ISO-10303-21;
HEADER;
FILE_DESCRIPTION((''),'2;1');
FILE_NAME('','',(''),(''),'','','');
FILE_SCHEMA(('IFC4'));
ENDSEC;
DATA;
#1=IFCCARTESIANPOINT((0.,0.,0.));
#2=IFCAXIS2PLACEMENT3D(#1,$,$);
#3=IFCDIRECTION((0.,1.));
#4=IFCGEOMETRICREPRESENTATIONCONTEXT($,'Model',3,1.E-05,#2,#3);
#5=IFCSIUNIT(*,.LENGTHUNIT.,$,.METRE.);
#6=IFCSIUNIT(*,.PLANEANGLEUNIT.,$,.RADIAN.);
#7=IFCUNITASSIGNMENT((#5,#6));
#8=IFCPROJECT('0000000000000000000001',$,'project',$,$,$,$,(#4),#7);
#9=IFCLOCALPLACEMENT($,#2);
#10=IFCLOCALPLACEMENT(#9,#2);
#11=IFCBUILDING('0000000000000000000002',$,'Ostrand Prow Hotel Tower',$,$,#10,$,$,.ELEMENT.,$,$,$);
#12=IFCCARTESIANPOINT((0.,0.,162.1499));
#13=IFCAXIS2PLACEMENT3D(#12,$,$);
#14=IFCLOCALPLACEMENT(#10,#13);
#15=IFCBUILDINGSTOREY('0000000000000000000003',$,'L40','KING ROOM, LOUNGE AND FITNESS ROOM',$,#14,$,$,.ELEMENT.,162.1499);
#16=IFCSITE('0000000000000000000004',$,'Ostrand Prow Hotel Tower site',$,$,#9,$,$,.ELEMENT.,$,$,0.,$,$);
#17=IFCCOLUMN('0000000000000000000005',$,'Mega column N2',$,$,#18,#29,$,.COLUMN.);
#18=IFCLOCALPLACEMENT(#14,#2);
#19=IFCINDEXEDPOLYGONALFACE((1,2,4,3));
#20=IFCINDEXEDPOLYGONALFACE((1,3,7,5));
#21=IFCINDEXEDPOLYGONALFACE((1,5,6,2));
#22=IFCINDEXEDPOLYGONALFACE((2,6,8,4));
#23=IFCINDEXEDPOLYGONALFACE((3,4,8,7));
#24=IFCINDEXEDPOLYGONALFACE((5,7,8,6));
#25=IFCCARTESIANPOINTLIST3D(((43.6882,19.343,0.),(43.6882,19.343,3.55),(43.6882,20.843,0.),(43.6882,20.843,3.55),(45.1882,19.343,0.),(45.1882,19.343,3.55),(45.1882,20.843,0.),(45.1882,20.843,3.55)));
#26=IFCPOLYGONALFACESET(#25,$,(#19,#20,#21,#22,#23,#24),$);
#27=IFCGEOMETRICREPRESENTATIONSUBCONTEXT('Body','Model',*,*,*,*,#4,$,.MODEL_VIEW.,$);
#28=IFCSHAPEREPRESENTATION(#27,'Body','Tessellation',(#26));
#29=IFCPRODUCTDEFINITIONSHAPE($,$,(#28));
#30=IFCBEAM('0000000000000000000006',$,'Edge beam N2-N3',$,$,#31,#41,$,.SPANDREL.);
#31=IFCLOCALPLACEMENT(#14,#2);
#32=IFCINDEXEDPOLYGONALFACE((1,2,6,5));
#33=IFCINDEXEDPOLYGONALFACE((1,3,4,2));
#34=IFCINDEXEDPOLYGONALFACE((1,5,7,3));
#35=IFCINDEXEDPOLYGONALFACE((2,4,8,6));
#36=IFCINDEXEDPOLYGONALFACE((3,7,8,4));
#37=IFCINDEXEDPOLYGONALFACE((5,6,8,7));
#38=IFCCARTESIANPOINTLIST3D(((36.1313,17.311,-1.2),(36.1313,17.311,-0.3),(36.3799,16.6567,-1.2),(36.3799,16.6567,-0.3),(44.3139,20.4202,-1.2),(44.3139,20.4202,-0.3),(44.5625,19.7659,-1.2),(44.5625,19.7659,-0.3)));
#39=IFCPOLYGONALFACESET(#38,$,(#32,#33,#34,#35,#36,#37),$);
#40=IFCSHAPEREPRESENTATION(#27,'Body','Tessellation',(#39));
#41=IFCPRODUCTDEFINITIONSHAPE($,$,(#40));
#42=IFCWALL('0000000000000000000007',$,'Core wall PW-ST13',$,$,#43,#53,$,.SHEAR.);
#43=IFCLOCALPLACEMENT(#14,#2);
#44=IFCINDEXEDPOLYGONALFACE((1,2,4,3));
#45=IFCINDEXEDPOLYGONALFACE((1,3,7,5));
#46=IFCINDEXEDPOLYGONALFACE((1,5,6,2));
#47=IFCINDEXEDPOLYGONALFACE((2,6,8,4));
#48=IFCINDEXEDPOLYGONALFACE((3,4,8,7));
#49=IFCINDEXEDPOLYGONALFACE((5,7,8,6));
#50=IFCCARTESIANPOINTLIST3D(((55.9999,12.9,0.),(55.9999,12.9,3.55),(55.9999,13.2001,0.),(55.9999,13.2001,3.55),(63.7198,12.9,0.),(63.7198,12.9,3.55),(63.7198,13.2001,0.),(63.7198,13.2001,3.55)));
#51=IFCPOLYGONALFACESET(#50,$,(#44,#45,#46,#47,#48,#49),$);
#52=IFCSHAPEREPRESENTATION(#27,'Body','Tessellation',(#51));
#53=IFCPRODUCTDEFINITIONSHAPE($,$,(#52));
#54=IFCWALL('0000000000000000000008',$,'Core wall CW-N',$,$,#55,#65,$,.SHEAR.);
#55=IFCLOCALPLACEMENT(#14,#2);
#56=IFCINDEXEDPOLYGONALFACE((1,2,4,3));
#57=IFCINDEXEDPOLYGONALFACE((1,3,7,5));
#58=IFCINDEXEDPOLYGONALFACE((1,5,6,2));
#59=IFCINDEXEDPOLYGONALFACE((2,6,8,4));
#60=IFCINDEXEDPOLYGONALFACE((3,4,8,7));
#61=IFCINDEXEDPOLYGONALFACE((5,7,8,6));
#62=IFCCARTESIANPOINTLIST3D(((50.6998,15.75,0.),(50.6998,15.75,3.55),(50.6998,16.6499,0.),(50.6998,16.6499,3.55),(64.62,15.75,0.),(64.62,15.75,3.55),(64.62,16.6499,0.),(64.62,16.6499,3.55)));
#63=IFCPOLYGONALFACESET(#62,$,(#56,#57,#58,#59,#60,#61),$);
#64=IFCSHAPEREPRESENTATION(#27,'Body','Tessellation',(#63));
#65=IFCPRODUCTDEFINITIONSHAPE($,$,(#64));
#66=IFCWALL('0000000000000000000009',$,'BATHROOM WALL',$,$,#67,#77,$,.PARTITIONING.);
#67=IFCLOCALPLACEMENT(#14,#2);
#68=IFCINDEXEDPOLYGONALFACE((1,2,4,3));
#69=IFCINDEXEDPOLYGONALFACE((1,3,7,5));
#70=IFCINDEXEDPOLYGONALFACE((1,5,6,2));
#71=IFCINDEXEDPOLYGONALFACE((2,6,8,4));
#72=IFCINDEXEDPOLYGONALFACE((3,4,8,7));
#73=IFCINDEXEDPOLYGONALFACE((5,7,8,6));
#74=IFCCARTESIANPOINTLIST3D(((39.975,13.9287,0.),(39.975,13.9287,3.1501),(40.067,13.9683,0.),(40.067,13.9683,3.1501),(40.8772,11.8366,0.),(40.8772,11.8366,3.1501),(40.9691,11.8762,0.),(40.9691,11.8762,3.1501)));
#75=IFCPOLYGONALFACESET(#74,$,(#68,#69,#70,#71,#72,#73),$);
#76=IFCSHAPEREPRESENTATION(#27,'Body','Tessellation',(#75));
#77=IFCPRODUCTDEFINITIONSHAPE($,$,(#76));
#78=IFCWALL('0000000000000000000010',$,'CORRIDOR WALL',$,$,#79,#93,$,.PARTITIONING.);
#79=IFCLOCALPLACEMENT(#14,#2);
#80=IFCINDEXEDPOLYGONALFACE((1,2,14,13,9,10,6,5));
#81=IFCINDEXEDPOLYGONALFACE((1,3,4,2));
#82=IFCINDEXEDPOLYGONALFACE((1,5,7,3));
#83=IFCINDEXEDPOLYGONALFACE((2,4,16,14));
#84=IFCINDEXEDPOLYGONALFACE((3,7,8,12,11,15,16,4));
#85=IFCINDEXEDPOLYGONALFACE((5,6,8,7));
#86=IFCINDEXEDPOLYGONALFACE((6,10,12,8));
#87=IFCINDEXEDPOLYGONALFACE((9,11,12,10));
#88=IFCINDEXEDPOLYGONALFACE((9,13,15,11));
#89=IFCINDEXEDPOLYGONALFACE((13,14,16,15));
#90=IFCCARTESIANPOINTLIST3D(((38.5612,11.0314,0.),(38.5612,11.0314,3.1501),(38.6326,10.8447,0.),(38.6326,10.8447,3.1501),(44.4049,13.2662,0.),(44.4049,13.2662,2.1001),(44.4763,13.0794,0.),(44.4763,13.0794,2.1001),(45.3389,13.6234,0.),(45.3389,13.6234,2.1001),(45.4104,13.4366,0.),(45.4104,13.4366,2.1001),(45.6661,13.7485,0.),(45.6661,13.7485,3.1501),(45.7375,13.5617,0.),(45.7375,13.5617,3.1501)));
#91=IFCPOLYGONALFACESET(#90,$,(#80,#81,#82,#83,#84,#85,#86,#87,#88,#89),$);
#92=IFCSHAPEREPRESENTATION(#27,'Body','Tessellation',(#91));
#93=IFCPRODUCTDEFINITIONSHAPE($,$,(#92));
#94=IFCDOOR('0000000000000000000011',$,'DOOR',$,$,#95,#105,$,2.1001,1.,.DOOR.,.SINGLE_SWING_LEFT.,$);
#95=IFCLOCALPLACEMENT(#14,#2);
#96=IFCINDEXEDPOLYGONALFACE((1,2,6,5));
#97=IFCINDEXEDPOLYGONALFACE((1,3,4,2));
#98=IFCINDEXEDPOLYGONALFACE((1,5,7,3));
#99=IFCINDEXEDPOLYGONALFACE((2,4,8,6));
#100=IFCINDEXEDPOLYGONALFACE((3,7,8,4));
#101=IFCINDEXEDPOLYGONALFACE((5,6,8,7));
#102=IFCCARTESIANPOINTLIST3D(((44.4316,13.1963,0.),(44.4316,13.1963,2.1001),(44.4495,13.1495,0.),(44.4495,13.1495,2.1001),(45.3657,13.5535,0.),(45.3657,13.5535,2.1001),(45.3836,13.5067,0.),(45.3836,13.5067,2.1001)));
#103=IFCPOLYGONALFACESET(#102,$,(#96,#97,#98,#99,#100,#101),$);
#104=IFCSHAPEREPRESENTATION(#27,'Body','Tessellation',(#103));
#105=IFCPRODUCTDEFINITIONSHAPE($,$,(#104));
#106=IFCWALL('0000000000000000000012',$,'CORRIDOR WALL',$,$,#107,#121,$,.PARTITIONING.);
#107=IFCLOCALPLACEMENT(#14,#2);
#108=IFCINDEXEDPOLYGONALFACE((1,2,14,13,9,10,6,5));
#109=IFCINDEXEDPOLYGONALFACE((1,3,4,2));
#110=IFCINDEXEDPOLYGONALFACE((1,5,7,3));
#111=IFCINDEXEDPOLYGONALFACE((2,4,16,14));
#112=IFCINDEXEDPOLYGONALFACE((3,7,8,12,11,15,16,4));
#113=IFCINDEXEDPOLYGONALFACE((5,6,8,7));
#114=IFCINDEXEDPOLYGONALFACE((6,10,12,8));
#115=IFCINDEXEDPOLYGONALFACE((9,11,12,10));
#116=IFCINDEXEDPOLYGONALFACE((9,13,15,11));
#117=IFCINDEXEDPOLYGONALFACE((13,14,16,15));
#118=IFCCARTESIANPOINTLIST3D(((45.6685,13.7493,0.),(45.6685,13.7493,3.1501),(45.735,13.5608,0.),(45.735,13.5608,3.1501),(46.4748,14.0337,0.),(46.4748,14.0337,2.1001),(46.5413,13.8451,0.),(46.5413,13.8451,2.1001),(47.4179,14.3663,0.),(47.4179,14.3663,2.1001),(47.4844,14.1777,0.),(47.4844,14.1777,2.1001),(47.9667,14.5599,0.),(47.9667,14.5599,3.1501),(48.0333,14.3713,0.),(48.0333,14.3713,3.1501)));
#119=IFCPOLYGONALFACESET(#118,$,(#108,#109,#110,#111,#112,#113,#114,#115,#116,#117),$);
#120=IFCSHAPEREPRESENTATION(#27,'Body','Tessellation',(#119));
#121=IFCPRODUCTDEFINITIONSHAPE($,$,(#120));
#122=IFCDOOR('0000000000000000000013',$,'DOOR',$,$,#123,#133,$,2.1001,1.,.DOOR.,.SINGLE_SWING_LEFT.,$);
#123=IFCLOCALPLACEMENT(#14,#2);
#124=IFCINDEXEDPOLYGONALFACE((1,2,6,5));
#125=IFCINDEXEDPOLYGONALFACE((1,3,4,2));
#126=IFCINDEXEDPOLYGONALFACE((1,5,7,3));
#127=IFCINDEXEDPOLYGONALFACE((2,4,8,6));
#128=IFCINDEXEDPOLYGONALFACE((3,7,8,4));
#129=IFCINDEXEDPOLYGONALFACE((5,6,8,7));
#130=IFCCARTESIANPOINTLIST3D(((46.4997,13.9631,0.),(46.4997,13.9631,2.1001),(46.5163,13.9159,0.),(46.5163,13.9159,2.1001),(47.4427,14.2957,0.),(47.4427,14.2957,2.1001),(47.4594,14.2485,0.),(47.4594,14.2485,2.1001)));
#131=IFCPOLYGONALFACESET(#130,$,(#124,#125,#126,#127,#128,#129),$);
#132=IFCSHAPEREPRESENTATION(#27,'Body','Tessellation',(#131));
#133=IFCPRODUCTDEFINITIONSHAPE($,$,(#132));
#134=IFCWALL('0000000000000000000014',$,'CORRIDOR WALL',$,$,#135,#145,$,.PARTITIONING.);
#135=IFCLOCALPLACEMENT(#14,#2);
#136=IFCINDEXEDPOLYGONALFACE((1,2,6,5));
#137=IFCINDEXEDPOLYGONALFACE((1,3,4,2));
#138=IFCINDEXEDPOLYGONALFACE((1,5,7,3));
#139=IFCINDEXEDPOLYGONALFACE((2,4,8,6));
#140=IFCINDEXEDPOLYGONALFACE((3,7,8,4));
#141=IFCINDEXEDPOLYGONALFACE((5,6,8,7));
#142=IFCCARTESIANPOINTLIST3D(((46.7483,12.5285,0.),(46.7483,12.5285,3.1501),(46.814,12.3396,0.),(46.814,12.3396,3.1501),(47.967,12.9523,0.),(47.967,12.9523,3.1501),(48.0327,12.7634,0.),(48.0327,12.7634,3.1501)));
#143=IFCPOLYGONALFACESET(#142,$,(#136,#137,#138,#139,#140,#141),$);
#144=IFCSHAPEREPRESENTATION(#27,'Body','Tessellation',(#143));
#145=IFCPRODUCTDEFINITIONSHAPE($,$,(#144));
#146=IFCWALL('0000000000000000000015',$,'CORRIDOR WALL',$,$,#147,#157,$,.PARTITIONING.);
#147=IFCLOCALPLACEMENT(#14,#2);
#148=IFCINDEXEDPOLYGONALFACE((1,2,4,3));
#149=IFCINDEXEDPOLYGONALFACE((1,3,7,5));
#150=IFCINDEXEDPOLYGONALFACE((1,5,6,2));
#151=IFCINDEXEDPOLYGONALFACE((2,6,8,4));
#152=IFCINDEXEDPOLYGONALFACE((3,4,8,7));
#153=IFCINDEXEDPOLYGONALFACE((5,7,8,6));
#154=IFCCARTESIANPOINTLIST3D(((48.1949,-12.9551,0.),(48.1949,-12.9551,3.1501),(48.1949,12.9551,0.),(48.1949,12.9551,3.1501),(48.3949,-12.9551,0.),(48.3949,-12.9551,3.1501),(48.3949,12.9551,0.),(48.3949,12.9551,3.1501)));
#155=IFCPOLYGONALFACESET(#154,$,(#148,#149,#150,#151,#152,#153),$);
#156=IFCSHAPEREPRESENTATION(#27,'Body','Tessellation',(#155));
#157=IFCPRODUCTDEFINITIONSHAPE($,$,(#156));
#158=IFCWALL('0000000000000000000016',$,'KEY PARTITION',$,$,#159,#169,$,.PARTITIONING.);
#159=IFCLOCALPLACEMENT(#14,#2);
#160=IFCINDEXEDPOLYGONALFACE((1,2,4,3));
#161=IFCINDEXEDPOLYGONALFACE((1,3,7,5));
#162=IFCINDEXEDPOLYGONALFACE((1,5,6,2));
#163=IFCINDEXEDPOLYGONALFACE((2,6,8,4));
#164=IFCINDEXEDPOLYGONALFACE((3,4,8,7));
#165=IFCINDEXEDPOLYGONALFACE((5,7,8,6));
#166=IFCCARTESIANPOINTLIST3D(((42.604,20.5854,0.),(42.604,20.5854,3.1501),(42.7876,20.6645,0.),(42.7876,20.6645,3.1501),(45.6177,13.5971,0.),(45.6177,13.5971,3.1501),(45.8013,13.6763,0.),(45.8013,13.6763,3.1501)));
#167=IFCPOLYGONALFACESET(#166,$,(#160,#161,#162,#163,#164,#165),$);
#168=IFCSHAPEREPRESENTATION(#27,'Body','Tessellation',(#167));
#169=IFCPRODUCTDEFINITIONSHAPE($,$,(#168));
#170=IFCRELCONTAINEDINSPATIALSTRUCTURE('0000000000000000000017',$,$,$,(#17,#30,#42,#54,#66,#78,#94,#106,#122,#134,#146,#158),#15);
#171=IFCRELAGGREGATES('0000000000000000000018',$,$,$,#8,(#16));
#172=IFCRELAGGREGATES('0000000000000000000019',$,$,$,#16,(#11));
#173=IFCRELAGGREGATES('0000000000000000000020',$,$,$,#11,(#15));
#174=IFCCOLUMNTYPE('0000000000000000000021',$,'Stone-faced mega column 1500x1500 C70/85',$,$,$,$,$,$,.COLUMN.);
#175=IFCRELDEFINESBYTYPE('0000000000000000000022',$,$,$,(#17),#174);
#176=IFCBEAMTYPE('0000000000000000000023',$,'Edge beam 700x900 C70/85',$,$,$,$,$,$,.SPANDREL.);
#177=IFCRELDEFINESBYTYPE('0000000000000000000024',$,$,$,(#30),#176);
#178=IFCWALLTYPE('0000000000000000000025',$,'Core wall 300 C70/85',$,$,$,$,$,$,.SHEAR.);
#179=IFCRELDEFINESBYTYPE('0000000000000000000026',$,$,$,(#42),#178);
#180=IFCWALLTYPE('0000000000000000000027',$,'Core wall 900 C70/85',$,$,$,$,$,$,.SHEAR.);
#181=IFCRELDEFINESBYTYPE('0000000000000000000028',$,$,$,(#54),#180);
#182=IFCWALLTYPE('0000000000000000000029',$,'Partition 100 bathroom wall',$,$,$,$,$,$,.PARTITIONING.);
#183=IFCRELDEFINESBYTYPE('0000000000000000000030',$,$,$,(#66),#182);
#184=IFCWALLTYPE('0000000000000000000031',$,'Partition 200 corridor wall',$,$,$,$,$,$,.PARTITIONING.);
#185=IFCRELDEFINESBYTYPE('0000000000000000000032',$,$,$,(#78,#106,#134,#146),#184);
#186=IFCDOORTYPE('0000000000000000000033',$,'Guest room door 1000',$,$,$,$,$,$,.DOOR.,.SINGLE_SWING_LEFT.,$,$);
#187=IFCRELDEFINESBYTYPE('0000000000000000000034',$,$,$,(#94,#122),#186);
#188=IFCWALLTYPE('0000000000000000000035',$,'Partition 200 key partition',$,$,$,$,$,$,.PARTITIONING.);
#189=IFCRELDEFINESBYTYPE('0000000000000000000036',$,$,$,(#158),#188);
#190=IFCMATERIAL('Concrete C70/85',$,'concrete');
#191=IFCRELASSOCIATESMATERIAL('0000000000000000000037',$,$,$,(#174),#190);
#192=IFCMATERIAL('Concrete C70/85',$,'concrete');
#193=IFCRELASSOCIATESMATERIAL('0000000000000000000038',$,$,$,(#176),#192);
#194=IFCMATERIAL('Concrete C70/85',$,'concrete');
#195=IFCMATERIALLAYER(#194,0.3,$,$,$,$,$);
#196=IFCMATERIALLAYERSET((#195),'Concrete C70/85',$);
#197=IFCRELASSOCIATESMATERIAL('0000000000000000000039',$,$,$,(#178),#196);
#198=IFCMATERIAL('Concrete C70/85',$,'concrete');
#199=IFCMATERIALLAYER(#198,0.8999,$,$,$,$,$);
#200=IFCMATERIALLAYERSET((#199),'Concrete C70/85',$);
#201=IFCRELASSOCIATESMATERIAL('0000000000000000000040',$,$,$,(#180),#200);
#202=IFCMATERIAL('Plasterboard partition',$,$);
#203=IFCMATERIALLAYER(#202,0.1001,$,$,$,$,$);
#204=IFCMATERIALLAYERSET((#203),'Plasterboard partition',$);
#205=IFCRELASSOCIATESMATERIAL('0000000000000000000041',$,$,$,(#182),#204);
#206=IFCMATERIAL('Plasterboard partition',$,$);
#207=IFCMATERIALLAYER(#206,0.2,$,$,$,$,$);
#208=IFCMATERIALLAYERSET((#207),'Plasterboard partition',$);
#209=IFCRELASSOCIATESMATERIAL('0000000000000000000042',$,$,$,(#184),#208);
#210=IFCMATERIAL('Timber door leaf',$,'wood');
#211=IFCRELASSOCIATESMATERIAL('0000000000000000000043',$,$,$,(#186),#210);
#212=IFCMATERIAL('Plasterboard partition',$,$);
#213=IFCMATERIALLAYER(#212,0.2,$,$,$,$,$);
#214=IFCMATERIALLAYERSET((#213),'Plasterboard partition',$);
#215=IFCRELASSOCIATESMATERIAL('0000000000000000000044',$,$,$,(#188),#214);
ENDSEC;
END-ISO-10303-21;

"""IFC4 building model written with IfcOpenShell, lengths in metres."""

from ifc_helpers import new_model, si_unit, direction, frame, frame_2d, origin, origin_2d, place, context, subcontext, project, spatial, rectangle, extrude, material, layer, layer_set, material_profile, profile_set, type_object, element, fill, save


model = new_model("IFC4")

# Units and contexts
model_context = context("Model", 3, precision=1e-05, world=origin(), true_north=direction((0.0, 1.0)))
body_context = subcontext(model_context, "Body", "Model", "MODEL_VIEW")
ifc_project = project(units=[si_unit("LENGTHUNIT", "METRE"), si_unit("PLANEANGLEUNIT", "RADIAN")], contexts=[model_context])

# Site, building, storey
site_placement = place(None, origin())
site = spatial("IfcSite", under=ifc_project, at=site_placement, Name="Ostrand Prow Hotel Tower site", CompositionType="ELEMENT", RefElevation=0.0)
building_placement = place(site_placement, origin())
building = spatial("IfcBuilding", under=site, at=building_placement, Name="Ostrand Prow Hotel Tower", CompositionType="ELEMENT")
storey_placement = place(building_placement, frame((0.0, 0.0, 162.1499)))
storey = spatial("IfcBuildingStorey", under=building, at=storey_placement, Name="L40", Description="KING ROOM, LOUNGE AND FITNESS ROOM", CompositionType="ELEMENT", Elevation=162.1499)

# Column
ifc_material_1 = material(Name="Concrete C70/85", Category="concrete")
ifc_material_profile_1 = material_profile(ifc_material_1, rectangle(XDim=1.5, YDim=1.5, at=origin_2d()), Name="RC 1500x1500")
ifc_profile_set_1 = profile_set([ifc_material_profile_1], Name="Concrete C70/85")
column_type = type_object("IfcColumnType", Name="Stone-faced mega column 1500x1500 C70/85", PredefinedType="COLUMN", material=ifc_profile_set_1)
column_placement = place(storey_placement, frame((44.4382, 20.093, 0.0), z_axis=(0.0, 0.0, 1.0), x_axis=(1.0, 0.0, 0.0)))
element("IfcColumn", 1, at=column_placement, inside=storey, type_object=column_type, Name="Mega column N2", PredefinedType="COLUMN", context=body_context, shape_type="SweptSolid", body=[
    extrude(rectangle(XDim=1.5, YDim=1.5, at=origin_2d()), origin(), (0.0, 0.0, 1.0), 3.55),
])

# Beam
ifc_material_2 = material(Name="Concrete C70/85", Category="concrete")
ifc_material_profile_2 = material_profile(ifc_material_2, rectangle(XDim=0.7, YDim=0.8999, at=origin_2d()), Name="RC 700x900")
ifc_profile_set_2 = profile_set([ifc_material_profile_2], Name="Concrete C70/85")
beam_type = type_object("IfcBeamType", Name="Edge beam 700x900 C70/85", PredefinedType="SPANDREL", material=ifc_profile_set_2)
beam_placement = place(storey_placement, frame((44.4382, 20.093, -0.75), z_axis=(-0.934794, -0.355191, 0.0), x_axis=(0.355191, -0.934794, 0.0)))
element("IfcBeam", 2, at=beam_placement, inside=storey, type_object=beam_type, Name="Edge beam N2-N3", PredefinedType="SPANDREL", context=body_context, shape_type="SweptSolid", body=[
    extrude(rectangle(XDim=0.7, YDim=0.8999, at=origin_2d()), origin(), (0.0, 0.0, 1.0), 8.7534),
])

# Walls
ifc_material_3 = material(Name="Concrete C70/85", Category="concrete")
ifc_layer_1 = layer(ifc_material_3, 0.3)
ifc_layer_set_1 = layer_set([ifc_layer_1], Name="Concrete C70/85")
wall_type_1 = type_object("IfcWallType", Name="Core wall 300 C70/85", PredefinedType="SHEAR", material=ifc_layer_set_1)
wall_1_placement = place(storey_placement, frame((56.0, 13.05, 0.0), z_axis=(0.0, 0.0, 1.0), x_axis=(1.0, 0.0, 0.0)))
element("IfcWall", 3, at=wall_1_placement, inside=storey, type_object=wall_type_1, Name="Core wall PW-ST13", PredefinedType="SHEAR", context=body_context, shape_type="SweptSolid", body=[
    extrude(rectangle(XDim=7.72, YDim=0.3, at=frame_2d((3.8599, 0.0))), origin(), (0.0, 0.0, 1.0), 3.55),
])
ifc_material_4 = material(Name="Concrete C70/85", Category="concrete")
ifc_layer_2 = layer(ifc_material_4, 0.8999)
ifc_layer_set_2 = layer_set([ifc_layer_2], Name="Concrete C70/85")
wall_type_2 = type_object("IfcWallType", Name="Core wall 900 C70/85", PredefinedType="SHEAR", material=ifc_layer_set_2)
wall_2_placement = place(storey_placement, frame((50.7, 16.2, 0.0), z_axis=(0.0, 0.0, 1.0), x_axis=(1.0, 0.0, 0.0)))
element("IfcWall", 4, at=wall_2_placement, inside=storey, type_object=wall_type_2, Name="Core wall CW-N", PredefinedType="SHEAR", context=body_context, shape_type="SweptSolid", body=[
    extrude(rectangle(XDim=13.9202, YDim=0.8999, at=frame_2d((6.96, 0.0))), origin(), (0.0, 0.0, 1.0), 3.55),
])
ifc_material_5 = material(Name="Plasterboard partition")
ifc_layer_3 = layer(ifc_material_5, 0.1001)
ifc_layer_set_3 = layer_set([ifc_layer_3], Name="Plasterboard partition")
wall_type_3 = type_object("IfcWallType", Name="Partition 100 bathroom wall", PredefinedType="PARTITIONING", material=ifc_layer_set_3)
wall_3_placement = place(storey_placement, frame((40.021, 13.9485, 0.0), z_axis=(0.0, 0.0, 1.0), x_axis=(0.395962, -0.918267, 0.0)))
element("IfcWall", 5, at=wall_3_placement, inside=storey, type_object=wall_type_3, Name="BATHROOM WALL", PredefinedType="PARTITIONING", context=body_context, shape_type="SweptSolid", body=[
    extrude(rectangle(XDim=2.2783, YDim=0.1001, at=frame_2d((1.1392, 0.0))), origin(), (0.0, 0.0, 1.0), 3.1501),
])

# Walls, openings, doors
ifc_material_6 = material(Name="Plasterboard partition")
ifc_layer_4 = layer(ifc_material_6, 0.2)
ifc_layer_set_4 = layer_set([ifc_layer_4], Name="Plasterboard partition")
wall_type_4 = type_object("IfcWallType", Name="Partition 200 corridor wall", PredefinedType="PARTITIONING", material=ifc_layer_set_4)
wall_4_placement = place(storey_placement, frame((45.7017, 13.655, 0.0), z_axis=(0.0, 0.0, 1.0), x_axis=(-0.934033, -0.357187, 0.0)))
wall_4 = element("IfcWall", 6, at=wall_4_placement, inside=storey, type_object=wall_type_4, Name="CORRIDOR WALL", PredefinedType="PARTITIONING", context=body_context, shape_type="SweptSolid", body=[
    extrude(rectangle(XDim=7.6067, YDim=0.2, at=frame_2d((3.8032, 0.0))), origin(), (0.0, 0.0, 1.0), 3.1501),
])
opening_1_placement = place(wall_4_placement, frame((0.3501, 0.0, 0.0)))
opening_1 = element("IfcOpeningElement", 7, at=opening_1_placement, cuts=wall_4, PredefinedType="OPENING", context=body_context, shape_type="SweptSolid", body=[
    extrude(rectangle(XDim=1.0, YDim=2.1001, at=frame_2d((0.5, 1.05))), frame((0.0, 0.1099, 0.0), z_axis=(0.0, -1.0, 0.0), x_axis=(1.0, 0.0, 0.0)), (0.0, 0.0, 1.0), 0.22),
])
ifc_material_7 = material(Name="Timber door leaf", Category="wood")
door_type = type_object("IfcDoorType", Name="Guest room door 1000", OperationType="SINGLE_SWING_LEFT", PredefinedType="DOOR", material=ifc_material_7)
door_1_placement = place(opening_1_placement, origin())
door_1 = element("IfcDoor", 8, at=door_1_placement, inside=storey, type_object=door_type, Name="DOOR", OperationType="SINGLE_SWING_LEFT", OverallHeight=2.1001, OverallWidth=1.0, PredefinedType="DOOR", context=body_context, shape_type="SweptSolid", body=[
    extrude(rectangle(XDim=1.0, YDim=2.1001, at=frame_2d((0.5, 1.05))), frame((0.0, 0.0249, 0.0), z_axis=(0.0, -1.0, 0.0), x_axis=(1.0, 0.0, 0.0)), (0.0, 0.0, 1.0), 0.05),
])
fill(opening_1, door_1)
wall_5_placement = place(storey_placement, frame((48.0, 14.4656, 0.0), z_axis=(0.0, 0.0, 1.0), x_axis=(-0.943072, -0.33259, 0.0)))
wall_5 = element("IfcWall", 9, at=wall_5_placement, inside=storey, type_object=wall_type_4, Name="CORRIDOR WALL", PredefinedType="PARTITIONING", context=body_context, shape_type="SweptSolid", body=[
    extrude(rectangle(XDim=2.437, YDim=0.2, at=frame_2d((1.2185, 0.0))), origin(), (0.0, 0.0, 1.0), 3.1501),
])
opening_2_placement = place(wall_5_placement, frame((0.582, 0.0, 0.0)))
opening_2 = element("IfcOpeningElement", 10, at=opening_2_placement, cuts=wall_5, PredefinedType="OPENING", context=body_context, shape_type="SweptSolid", body=[
    extrude(rectangle(XDim=1.0, YDim=2.1001, at=frame_2d((0.5, 1.05))), frame((0.0, 0.1099, 0.0), z_axis=(0.0, -1.0, 0.0), x_axis=(1.0, 0.0, 0.0)), (0.0, 0.0, 1.0), 0.22),
])
door_2_placement = place(opening_2_placement, origin())
door_2 = element("IfcDoor", 11, at=door_2_placement, inside=storey, type_object=door_type, Name="DOOR", OperationType="SINGLE_SWING_LEFT", OverallHeight=2.1001, OverallWidth=1.0, PredefinedType="DOOR", context=body_context, shape_type="SweptSolid", body=[
    extrude(rectangle(XDim=1.0, YDim=2.1001, at=frame_2d((0.5, 1.05))), frame((0.0, 0.0249, 0.0), z_axis=(0.0, -1.0, 0.0), x_axis=(1.0, 0.0, 0.0)), (0.0, 0.0, 1.0), 0.05),
])
fill(opening_2, door_2)

# Walls
wall_6_placement = place(storey_placement, frame((46.7812, 12.4341, 0.0), z_axis=(0.0, 0.0, 1.0), x_axis=(0.944517, 0.328462, 0.0)))
element("IfcWall", 12, at=wall_6_placement, inside=storey, type_object=wall_type_4, Name="CORRIDOR WALL", PredefinedType="PARTITIONING", context=body_context, shape_type="SweptSolid", body=[
    extrude(rectangle(XDim=1.2903, YDim=0.2, at=frame_2d((0.645, 0.0))), origin(), (0.0, 0.0, 1.0), 3.1501),
])
wall_7_placement = place(storey_placement, frame((48.2949, 12.9551, 0.0), z_axis=(0.0, 0.0, 1.0), x_axis=(0.0, -1.0, 0.0)))
element("IfcWall", 13, at=wall_7_placement, inside=storey, type_object=wall_type_4, Name="CORRIDOR WALL", PredefinedType="PARTITIONING", context=body_context, shape_type="SweptSolid", body=[
    extrude(rectangle(XDim=25.9102, YDim=0.2, at=frame_2d((12.9551, 0.0))), origin(), (0.0, 0.0, 1.0), 3.1501),
])
ifc_material_8 = material(Name="Plasterboard partition")
ifc_layer_5 = layer(ifc_material_8, 0.2)
ifc_layer_set_5 = layer_set([ifc_layer_5], Name="Plasterboard partition")
wall_type_5 = type_object("IfcWallType", Name="Partition 200 key partition", PredefinedType="PARTITIONING", material=ifc_layer_set_5)
wall_8_placement = place(storey_placement, frame((45.7095, 13.6367, 0.0), z_axis=(0.0, 0.0, 1.0), x_axis=(-0.395994, 0.918253, 0.0)))
element("IfcWall", 14, at=wall_8_placement, inside=storey, type_object=wall_type_5, Name="KEY PARTITION", PredefinedType="PARTITIONING", context=body_context, shape_type="SweptSolid", body=[
    extrude(rectangle(XDim=7.6104, YDim=0.2, at=frame_2d((3.8052, 0.0))), origin(), (0.0, 0.0, 1.0), 3.1501),
])

save(model, "model.ifc")
